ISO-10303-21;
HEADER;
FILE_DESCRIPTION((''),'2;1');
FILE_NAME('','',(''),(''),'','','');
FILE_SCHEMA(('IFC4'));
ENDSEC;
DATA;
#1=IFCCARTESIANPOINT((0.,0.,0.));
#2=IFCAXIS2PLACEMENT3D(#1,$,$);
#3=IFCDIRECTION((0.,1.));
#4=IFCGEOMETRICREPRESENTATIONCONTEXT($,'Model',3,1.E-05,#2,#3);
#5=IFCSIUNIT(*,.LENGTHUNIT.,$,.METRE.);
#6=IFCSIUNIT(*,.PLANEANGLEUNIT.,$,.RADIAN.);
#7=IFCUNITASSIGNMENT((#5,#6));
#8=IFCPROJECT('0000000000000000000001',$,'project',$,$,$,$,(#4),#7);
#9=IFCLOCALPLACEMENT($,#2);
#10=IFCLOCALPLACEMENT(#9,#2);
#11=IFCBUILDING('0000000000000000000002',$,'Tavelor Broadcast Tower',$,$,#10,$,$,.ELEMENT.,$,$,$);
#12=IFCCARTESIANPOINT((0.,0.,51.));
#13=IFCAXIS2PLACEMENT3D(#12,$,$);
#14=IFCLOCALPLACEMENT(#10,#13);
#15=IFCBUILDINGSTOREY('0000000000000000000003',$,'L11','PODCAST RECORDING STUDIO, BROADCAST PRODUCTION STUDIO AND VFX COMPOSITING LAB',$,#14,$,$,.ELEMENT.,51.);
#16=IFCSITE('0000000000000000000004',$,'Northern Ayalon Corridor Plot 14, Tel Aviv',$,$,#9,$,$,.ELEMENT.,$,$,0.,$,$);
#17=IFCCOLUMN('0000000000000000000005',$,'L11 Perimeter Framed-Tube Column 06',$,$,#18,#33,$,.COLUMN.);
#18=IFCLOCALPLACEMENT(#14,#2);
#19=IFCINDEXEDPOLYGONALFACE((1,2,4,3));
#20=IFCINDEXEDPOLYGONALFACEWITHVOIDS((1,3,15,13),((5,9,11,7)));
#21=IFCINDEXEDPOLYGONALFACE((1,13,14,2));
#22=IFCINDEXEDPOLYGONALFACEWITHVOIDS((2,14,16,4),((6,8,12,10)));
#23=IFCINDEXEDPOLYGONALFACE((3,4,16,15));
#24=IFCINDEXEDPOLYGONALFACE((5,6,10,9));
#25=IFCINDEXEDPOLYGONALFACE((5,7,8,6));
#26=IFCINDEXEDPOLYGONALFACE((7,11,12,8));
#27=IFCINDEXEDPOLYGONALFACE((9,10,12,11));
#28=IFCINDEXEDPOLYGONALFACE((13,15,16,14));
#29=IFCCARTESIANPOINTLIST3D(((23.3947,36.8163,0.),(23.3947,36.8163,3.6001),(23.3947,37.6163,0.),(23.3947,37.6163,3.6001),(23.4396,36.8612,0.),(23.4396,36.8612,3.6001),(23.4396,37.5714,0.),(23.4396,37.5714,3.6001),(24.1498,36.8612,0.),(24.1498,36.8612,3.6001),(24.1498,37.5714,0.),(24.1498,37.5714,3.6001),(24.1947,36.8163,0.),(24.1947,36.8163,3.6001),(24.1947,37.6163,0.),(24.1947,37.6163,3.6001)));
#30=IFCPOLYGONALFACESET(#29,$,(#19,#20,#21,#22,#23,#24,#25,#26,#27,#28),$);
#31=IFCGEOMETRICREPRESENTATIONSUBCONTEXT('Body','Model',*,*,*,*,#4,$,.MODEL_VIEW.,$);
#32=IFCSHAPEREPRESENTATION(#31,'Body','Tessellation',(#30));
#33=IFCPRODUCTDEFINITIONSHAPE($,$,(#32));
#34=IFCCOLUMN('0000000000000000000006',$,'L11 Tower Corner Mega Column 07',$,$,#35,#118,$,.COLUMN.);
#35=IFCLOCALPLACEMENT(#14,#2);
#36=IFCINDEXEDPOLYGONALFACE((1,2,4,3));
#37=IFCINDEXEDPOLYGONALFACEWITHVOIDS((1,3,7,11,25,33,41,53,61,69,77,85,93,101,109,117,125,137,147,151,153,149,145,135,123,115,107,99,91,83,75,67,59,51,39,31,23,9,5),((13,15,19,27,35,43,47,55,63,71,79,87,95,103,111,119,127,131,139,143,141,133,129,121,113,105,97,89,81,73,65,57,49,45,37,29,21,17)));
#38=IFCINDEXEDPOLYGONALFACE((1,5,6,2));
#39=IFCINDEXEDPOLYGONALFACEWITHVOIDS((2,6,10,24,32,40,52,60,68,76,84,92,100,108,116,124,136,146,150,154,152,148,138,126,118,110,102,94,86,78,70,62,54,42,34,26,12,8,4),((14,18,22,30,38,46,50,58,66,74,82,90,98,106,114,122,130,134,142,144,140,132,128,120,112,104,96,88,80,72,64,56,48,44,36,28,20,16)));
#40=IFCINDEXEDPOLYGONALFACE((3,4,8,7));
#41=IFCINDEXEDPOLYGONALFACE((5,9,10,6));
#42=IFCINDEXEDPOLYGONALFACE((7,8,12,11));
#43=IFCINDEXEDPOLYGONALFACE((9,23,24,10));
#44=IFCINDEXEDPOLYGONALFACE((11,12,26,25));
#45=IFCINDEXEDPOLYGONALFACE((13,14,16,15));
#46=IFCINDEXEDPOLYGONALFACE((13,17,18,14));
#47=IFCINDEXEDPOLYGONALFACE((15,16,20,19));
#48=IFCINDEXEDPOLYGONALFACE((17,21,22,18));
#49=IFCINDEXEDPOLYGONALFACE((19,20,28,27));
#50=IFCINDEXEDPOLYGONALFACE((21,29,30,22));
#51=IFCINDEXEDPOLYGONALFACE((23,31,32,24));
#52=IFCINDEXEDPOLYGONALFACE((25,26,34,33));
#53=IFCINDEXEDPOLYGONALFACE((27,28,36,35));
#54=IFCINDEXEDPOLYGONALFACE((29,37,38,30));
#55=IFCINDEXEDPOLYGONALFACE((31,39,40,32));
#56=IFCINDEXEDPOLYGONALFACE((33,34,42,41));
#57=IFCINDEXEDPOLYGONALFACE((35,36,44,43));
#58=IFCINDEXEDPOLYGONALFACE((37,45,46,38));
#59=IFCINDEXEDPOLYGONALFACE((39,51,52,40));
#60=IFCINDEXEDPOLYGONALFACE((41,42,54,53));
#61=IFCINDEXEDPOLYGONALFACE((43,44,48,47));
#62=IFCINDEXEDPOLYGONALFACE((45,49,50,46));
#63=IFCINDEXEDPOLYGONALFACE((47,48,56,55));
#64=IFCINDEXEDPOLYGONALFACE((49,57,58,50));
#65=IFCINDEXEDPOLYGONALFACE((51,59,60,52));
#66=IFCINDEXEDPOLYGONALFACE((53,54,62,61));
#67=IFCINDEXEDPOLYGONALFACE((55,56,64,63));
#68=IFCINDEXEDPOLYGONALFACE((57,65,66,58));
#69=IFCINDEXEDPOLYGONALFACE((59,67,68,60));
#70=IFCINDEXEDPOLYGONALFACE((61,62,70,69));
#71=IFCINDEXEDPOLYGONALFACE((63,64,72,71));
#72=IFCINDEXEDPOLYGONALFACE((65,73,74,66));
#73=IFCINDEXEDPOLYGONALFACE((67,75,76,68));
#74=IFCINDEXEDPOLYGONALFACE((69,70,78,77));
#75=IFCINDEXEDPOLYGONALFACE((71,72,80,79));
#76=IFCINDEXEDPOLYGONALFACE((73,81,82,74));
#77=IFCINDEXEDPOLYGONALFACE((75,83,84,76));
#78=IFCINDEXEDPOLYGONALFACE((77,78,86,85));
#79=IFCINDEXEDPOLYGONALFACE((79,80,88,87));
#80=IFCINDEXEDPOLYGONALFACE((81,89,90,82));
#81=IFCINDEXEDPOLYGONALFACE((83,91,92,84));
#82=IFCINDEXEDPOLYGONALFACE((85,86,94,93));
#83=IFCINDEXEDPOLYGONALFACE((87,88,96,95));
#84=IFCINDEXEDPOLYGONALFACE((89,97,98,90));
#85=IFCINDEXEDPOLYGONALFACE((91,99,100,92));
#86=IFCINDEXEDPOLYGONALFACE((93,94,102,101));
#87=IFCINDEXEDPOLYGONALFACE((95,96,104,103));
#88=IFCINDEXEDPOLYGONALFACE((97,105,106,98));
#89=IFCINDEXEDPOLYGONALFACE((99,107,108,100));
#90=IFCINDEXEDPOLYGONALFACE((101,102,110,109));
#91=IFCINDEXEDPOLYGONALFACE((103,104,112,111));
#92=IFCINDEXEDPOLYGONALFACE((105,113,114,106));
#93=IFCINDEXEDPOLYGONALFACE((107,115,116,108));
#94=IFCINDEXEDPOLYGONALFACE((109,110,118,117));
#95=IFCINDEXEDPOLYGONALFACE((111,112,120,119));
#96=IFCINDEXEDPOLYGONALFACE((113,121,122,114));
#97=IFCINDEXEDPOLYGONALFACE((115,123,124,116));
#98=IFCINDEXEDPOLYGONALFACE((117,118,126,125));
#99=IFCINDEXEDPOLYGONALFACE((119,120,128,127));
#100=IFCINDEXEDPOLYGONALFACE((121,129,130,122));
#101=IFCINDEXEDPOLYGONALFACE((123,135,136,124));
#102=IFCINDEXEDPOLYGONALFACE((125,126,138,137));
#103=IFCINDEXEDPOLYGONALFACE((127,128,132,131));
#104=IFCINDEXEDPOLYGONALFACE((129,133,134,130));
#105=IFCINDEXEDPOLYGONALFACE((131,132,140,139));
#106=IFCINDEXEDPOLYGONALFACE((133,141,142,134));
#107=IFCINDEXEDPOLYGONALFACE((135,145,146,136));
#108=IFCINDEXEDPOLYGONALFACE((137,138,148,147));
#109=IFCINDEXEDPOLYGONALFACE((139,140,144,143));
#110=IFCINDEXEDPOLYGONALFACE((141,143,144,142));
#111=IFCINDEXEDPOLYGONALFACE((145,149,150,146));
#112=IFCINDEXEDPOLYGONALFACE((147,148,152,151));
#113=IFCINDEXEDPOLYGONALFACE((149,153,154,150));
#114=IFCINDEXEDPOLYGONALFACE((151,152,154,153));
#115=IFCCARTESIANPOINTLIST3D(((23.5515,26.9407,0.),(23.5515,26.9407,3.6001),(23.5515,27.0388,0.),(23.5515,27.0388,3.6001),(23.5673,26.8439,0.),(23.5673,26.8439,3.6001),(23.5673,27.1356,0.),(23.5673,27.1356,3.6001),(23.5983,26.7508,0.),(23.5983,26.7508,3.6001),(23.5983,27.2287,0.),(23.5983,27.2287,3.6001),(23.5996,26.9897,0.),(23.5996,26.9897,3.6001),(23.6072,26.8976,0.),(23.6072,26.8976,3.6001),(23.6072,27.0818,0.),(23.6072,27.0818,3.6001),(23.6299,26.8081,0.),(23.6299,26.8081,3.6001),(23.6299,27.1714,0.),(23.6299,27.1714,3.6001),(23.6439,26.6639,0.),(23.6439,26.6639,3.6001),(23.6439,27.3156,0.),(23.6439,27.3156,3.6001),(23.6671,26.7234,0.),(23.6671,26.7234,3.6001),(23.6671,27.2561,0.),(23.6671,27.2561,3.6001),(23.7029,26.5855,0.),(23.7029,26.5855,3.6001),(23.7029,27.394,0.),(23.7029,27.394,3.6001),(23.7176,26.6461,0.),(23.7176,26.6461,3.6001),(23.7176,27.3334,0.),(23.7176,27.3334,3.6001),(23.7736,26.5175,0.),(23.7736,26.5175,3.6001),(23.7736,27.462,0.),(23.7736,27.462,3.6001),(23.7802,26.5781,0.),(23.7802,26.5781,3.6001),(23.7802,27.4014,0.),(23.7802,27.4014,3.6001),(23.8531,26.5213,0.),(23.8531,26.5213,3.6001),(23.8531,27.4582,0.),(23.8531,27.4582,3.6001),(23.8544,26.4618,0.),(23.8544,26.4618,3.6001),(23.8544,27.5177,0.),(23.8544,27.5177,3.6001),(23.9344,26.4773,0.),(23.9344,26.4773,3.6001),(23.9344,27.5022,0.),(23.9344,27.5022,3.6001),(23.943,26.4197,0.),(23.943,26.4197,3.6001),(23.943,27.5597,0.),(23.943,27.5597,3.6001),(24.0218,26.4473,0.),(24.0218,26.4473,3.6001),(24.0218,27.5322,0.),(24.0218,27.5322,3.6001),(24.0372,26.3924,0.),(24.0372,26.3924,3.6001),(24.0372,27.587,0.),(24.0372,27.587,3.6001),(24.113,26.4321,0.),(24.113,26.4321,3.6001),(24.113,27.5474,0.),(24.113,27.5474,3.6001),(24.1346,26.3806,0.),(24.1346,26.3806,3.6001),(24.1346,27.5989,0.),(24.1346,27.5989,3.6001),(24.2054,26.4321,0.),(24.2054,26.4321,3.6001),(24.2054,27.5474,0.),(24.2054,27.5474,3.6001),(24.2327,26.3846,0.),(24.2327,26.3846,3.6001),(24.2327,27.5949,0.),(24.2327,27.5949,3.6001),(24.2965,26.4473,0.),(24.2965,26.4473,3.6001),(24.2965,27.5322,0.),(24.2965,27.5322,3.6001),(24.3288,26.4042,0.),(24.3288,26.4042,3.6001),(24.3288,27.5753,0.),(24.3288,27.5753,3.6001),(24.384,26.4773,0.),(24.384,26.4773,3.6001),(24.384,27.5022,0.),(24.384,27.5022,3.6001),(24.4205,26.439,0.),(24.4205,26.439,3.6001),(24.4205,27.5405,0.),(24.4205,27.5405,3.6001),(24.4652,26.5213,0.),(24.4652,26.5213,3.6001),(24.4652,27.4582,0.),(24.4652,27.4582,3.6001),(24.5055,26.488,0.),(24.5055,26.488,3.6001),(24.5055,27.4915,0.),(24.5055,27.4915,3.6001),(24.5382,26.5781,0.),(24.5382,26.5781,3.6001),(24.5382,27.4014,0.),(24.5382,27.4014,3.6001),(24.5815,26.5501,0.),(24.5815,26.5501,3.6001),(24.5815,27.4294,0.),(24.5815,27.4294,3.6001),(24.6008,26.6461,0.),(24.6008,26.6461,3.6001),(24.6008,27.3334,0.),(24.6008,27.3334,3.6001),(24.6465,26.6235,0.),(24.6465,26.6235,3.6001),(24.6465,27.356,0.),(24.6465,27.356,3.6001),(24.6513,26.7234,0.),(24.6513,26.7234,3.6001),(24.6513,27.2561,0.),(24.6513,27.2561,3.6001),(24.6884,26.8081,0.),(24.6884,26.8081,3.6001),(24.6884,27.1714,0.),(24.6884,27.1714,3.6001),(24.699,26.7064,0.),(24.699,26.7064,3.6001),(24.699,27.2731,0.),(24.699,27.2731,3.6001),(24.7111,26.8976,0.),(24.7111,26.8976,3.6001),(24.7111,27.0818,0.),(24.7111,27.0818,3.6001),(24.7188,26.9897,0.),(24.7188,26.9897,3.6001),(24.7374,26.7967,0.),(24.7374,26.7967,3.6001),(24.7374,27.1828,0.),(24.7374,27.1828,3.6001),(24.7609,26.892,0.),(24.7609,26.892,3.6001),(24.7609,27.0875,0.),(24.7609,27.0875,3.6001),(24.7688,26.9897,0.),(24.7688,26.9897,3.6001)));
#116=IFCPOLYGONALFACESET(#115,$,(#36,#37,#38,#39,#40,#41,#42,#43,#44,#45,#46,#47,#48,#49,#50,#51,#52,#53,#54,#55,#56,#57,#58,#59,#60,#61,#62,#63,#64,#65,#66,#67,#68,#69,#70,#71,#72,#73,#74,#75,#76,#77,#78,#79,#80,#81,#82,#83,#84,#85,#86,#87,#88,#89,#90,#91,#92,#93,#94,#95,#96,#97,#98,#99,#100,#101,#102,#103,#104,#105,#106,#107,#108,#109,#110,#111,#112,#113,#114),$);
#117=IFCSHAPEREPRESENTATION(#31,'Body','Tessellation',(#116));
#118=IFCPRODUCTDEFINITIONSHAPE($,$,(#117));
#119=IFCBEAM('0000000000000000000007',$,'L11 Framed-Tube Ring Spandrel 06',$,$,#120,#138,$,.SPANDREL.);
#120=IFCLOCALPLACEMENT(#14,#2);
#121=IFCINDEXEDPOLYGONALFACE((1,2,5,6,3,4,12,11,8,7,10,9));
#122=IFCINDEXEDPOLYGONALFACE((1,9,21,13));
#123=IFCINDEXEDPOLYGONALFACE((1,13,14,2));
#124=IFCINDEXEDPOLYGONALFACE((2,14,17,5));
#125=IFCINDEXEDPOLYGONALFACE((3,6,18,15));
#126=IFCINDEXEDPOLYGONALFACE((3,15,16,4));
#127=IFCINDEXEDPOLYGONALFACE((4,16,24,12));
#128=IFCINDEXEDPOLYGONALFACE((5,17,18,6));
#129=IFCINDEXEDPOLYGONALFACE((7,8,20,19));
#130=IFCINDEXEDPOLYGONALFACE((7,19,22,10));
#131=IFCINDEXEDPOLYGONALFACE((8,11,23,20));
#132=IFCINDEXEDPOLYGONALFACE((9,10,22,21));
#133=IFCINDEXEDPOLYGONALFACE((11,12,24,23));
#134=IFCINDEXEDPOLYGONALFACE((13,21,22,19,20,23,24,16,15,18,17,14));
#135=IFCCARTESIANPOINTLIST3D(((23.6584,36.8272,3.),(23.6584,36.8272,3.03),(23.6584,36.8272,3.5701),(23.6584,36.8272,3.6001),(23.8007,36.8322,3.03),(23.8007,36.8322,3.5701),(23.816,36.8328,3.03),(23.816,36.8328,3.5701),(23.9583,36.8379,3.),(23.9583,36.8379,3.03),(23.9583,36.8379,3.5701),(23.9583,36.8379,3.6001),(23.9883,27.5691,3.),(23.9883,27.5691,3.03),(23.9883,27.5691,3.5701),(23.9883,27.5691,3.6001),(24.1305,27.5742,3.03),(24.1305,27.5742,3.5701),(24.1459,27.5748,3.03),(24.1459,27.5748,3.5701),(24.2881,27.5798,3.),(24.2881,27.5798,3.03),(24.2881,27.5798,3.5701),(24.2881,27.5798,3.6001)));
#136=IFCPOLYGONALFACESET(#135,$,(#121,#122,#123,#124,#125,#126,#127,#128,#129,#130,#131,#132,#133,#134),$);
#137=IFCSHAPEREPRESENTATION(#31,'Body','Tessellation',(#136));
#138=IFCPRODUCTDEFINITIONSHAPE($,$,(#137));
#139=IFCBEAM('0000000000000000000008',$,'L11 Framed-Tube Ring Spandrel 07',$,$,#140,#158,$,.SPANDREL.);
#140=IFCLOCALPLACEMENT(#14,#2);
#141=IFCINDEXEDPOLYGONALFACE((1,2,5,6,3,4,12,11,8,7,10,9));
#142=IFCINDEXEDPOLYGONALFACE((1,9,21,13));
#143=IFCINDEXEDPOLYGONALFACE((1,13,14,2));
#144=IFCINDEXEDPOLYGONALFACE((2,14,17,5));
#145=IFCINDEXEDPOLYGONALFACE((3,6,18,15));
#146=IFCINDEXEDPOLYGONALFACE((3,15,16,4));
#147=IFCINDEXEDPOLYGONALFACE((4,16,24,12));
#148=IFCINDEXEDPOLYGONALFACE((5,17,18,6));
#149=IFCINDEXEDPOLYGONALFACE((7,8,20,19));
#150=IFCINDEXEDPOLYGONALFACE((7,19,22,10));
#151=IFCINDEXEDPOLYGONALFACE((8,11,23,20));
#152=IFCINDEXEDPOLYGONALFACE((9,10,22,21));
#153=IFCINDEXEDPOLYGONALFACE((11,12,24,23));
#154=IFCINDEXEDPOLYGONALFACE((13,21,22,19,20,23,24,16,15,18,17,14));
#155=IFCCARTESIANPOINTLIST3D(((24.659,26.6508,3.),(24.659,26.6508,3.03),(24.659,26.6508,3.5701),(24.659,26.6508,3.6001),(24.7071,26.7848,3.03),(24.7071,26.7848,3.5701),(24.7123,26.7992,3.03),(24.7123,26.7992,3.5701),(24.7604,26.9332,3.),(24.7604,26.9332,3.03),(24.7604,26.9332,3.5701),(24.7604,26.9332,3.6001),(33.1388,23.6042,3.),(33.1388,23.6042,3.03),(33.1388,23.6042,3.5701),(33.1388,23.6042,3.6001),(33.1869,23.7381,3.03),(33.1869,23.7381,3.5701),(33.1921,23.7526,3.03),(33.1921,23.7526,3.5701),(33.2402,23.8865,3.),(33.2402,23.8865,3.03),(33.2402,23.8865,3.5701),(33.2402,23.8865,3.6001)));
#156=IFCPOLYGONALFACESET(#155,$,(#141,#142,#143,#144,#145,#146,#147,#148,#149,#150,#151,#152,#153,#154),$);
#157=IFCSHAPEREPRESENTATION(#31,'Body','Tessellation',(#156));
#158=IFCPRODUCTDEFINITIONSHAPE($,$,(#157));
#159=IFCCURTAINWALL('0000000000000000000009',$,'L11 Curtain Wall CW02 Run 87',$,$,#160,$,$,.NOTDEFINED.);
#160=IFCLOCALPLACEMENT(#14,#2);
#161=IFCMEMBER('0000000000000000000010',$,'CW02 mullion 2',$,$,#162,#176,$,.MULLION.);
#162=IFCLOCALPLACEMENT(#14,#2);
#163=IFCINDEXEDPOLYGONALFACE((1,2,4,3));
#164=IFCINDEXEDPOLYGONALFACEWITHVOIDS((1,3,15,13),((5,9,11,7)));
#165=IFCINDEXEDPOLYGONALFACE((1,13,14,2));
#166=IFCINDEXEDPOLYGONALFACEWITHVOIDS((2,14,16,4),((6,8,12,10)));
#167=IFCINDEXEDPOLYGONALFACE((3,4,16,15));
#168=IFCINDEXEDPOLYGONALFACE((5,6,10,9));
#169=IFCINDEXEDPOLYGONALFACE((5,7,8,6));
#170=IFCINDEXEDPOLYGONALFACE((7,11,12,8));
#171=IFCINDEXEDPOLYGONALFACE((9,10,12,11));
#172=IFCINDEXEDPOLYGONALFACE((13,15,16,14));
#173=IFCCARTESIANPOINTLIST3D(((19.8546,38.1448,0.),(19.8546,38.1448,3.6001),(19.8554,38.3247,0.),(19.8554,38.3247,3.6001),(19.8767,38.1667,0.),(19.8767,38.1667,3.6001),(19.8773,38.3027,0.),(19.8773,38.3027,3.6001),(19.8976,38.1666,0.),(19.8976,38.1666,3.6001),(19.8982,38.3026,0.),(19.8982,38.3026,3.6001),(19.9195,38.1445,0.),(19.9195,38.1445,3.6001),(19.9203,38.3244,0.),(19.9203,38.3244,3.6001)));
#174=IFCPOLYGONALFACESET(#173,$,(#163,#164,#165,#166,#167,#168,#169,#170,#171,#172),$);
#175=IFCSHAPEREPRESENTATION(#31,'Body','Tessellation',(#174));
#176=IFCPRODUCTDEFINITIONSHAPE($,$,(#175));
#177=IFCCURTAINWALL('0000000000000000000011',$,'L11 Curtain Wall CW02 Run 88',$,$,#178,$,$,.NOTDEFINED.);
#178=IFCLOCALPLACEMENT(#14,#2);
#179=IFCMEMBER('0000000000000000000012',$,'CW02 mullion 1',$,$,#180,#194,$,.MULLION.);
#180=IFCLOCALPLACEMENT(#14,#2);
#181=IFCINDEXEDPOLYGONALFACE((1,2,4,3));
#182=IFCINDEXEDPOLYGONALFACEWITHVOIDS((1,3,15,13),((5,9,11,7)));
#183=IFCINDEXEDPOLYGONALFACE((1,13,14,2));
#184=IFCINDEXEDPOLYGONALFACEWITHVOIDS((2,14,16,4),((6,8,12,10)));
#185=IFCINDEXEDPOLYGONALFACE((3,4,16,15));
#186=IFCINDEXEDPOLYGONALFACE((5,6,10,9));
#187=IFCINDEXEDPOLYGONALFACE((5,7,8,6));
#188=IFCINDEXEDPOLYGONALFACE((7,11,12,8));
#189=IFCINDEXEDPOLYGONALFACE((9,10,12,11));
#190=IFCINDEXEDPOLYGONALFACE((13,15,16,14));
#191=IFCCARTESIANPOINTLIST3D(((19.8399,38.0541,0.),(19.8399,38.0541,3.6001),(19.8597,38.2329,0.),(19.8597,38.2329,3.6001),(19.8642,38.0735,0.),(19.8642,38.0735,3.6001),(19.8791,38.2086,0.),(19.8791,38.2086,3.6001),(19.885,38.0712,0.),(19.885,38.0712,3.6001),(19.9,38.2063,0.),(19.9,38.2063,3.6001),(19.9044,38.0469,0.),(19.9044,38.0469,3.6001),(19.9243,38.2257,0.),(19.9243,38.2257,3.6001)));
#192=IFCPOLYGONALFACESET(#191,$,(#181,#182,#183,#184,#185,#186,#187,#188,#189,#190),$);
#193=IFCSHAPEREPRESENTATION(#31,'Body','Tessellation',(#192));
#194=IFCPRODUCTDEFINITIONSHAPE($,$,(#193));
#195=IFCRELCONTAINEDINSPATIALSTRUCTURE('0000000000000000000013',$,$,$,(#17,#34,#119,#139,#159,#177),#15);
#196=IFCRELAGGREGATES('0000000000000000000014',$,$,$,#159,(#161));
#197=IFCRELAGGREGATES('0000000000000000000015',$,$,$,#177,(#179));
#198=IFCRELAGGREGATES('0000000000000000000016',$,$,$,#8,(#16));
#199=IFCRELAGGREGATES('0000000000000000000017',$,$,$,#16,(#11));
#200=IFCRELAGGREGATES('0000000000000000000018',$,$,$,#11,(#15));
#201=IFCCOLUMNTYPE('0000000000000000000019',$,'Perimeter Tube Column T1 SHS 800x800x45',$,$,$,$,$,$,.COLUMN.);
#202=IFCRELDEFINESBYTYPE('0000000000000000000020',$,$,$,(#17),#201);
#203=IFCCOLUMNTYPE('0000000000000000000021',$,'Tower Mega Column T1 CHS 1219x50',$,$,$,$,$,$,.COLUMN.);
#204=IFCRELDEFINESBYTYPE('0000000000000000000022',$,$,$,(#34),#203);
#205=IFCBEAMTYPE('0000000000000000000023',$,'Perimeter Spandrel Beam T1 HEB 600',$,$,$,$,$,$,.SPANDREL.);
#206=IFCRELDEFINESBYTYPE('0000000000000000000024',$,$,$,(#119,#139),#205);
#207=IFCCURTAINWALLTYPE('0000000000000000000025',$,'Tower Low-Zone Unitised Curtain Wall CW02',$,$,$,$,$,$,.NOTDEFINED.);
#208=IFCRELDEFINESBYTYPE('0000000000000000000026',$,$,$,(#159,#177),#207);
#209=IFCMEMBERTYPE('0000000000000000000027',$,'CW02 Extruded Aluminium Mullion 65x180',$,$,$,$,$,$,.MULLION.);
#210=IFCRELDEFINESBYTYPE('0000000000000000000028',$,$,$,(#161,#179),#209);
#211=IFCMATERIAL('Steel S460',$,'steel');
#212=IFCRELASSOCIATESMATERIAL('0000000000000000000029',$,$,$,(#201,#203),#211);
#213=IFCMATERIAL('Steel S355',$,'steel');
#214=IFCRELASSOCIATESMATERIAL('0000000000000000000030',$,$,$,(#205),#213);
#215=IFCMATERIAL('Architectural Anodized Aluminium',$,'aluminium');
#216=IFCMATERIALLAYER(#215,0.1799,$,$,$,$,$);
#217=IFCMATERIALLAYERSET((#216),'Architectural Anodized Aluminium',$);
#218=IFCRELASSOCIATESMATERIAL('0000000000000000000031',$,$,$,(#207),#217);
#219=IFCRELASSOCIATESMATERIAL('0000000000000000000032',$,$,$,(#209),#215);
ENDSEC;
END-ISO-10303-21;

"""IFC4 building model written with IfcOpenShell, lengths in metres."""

from ifc_helpers import new_model, si_unit, direction, frame, origin, origin_2d, place, context, subcontext, project, spatial, hollow_rectangle, hollow_circle, i_section, extrude, source, transform, mapped, material, layer, layer_set, material_profile, profile_set, type_object, type_shapes, element, aggregate, save


model = new_model("IFC4")

# Units and contexts
model_context = context("Model", 3, precision=1e-05, world=origin(), true_north=direction((0.0, 1.0)))
body_context = subcontext(model_context, "Body", "Model", "MODEL_VIEW")
ifc_project = project(units=[si_unit("LENGTHUNIT", "METRE"), si_unit("PLANEANGLEUNIT", "RADIAN")], contexts=[model_context])

# Site, building, storey
site_placement = place(None, origin())
site = spatial("IfcSite", under=ifc_project, at=site_placement, Name="Northern Ayalon Corridor Plot 14, Tel Aviv", CompositionType="ELEMENT", RefElevation=0.0)
building_placement = place(site_placement, origin())
building = spatial("IfcBuilding", under=site, at=building_placement, Name="Tavelor Broadcast Tower", CompositionType="ELEMENT")
storey_placement = place(building_placement, frame((0.0, 0.0, 51.0)))
storey = spatial("IfcBuildingStorey", under=building, at=storey_placement, Name="L11", Description="PODCAST RECORDING STUDIO, BROADCAST PRODUCTION STUDIO AND VFX COMPOSITING LAB", CompositionType="ELEMENT", Elevation=51.0)

# Columns
ifc_material_1 = material(Name="Steel S460", Category="steel")
ifc_material_profile_1 = material_profile(ifc_material_1, hollow_rectangle(XDim=0.8, YDim=0.8, WallThickness=0.0449, at=origin_2d()), Name="SHS 800x800x45")
ifc_profile_set_1 = profile_set([ifc_material_profile_1], Name="Steel S460")
column_type_1 = type_object("IfcColumnType", Name="Perimeter Tube Column T1 SHS 800x800x45", PredefinedType="COLUMN", material=ifc_profile_set_1)
column_1_placement = place(storey_placement, frame((23.7947, 37.2163, 0.0), z_axis=(0.0, 0.0, 1.0), x_axis=(1.0, 0.0, 0.0)))
element("IfcColumn", 1, at=column_1_placement, inside=storey, type_object=column_type_1, Name="L11 Perimeter Framed-Tube Column 06", PredefinedType="COLUMN", context=body_context, shape_type="SweptSolid", body=[
    extrude(hollow_rectangle(XDim=0.8, YDim=0.8, WallThickness=0.0449, at=origin_2d()), origin(), (0.0, 0.0, 1.0), 3.6001),
])
ifc_material_profile_2 = material_profile(ifc_material_1, hollow_circle(Radius=0.6096, WallThickness=0.05, at=origin_2d()), Name="CHS 1219x50")
ifc_profile_set_2 = profile_set([ifc_material_profile_2], Name="Steel S460")
column_type_2 = type_object("IfcColumnType", Name="Tower Mega Column T1 CHS 1219x50", PredefinedType="COLUMN", material=ifc_profile_set_2)
column_2_placement = place(storey_placement, frame((24.1592, 26.9897, 0.0), z_axis=(0.0, 0.0, 1.0), x_axis=(1.0, 0.0, 0.0)))
element("IfcColumn", 2, at=column_2_placement, inside=storey, type_object=column_type_2, Name="L11 Tower Corner Mega Column 07", PredefinedType="COLUMN", context=body_context, shape_type="SweptSolid", body=[
    extrude(hollow_circle(Radius=0.6096, WallThickness=0.05, at=origin_2d()), origin(), (0.0, 0.0, 1.0), 3.6001),
])

# Beams
ifc_material_2 = material(Name="Steel S355", Category="steel")
ifc_material_profile_3 = material_profile(ifc_material_2, i_section(OverallWidth=0.3, OverallDepth=0.6001, WebThickness=0.0154, FlangeThickness=0.03, at=origin_2d()), Name="HEB 600")
ifc_profile_set_3 = profile_set([ifc_material_profile_3], Name="Steel S355")
beam_type = type_object("IfcBeamType", Name="Perimeter Spandrel Beam T1 HEB 600", PredefinedType="SPANDREL", material=ifc_profile_set_3)
beam_1_placement = place(storey_placement, frame((23.8083, 36.8325, 3.3), z_axis=(0.035604, -0.999366, 0.0), x_axis=(0.999366, 0.035604, 0.0)))
element("IfcBeam", 3, at=beam_1_placement, inside=storey, type_object=beam_type, Name="L11 Framed-Tube Ring Spandrel 06", PredefinedType="SPANDREL", context=body_context, shape_type="SweptSolid", body=[
    extrude(i_section(OverallWidth=0.3, OverallDepth=0.6001, WebThickness=0.0154, FlangeThickness=0.03, at=origin_2d()), origin(), (0.0, 0.0, 1.0), 9.2639),
])
beam_2_placement = place(storey_placement, frame((24.7097, 26.792, 3.3), z_axis=(0.941102, -0.338123, 0.0), x_axis=(0.338123, 0.941102, 0.0)))
element("IfcBeam", 4, at=beam_2_placement, inside=storey, type_object=beam_type, Name="L11 Framed-Tube Ring Spandrel 07", PredefinedType="SPANDREL", context=body_context, shape_type="SweptSolid", body=[
    extrude(i_section(OverallWidth=0.3, OverallDepth=0.6001, WebThickness=0.0154, FlangeThickness=0.03, at=origin_2d()), origin(), (0.0, 0.0, 1.0), 9.0105),
])

# Curtain wall, member
ifc_material_3 = material(Name="Architectural Anodized Aluminium", Category="aluminium")
ifc_layer_1 = layer(ifc_material_3, 0.1799)
ifc_layer_set_1 = layer_set([ifc_layer_1], Name="Architectural Anodized Aluminium")
curtain_wall_type = type_object("IfcCurtainWallType", Name="Tower Low-Zone Unitised Curtain Wall CW02", PredefinedType="NOTDEFINED", material=ifc_layer_set_1)
curtain_wall_1_placement = place(storey_placement, origin())
curtain_wall_1 = element("IfcCurtainWall", 5, at=curtain_wall_1_placement, inside=storey, type_object=curtain_wall_type, Name="L11 Curtain Wall CW02 Run 87", PredefinedType="NOTDEFINED")
ifc_material_profile_4 = material_profile(ifc_material_3, hollow_rectangle(XDim=0.0649, YDim=0.1799, WallThickness=0.022, at=origin_2d()), Name="RHS 65x180x22")
ifc_profile_set_4 = profile_set([ifc_material_profile_4], Name="Architectural Anodized Aluminium")
member_type_1 = type_object("IfcMemberType", Name="CW02 Extruded Aluminium Mullion 65x180", PredefinedType="MULLION", material=ifc_profile_set_4)
shared_shape_1 = source(origin(), body_context, "Body", "SweptSolid", [
    extrude(hollow_rectangle(XDim=0.0649, YDim=0.1799, WallThickness=0.022, at=origin_2d()), origin(), (0.0, 0.0, 1.0), 3.6001),
])
type_shapes(member_type_1, [shared_shape_1])
member_1_placement = place(storey_placement, frame((19.8875, 38.2346, 0.0), z_axis=(0.0, 0.0, 1.0), x_axis=(0.99999, -0.004408, 0.0)))
member_1 = element("IfcMember", 6, at=member_1_placement, type_object=member_type_1, Name="CW02 mullion 2", PredefinedType="MULLION", context=body_context, shape_type="MappedRepresentation", body=[
    mapped(shared_shape_1, transform((0.0, 0.0, 0.0), scale=1.0)),
])
aggregate(curtain_wall_1, [member_1])

# Curtain wall, member
curtain_wall_2_placement = place(storey_placement, origin())
curtain_wall_2 = element("IfcCurtainWall", 7, at=curtain_wall_2_placement, inside=storey, type_object=curtain_wall_type, Name="L11 Curtain Wall CW02 Run 88", PredefinedType="NOTDEFINED")
member_2_placement = place(storey_placement, frame((19.8821, 38.1399, 0.0), z_axis=(0.0, 0.0, 1.0), x_axis=(0.993916, -0.110143, 0.0)))
member_2 = element("IfcMember", 8, at=member_2_placement, type_object=member_type_1, Name="CW02 mullion 1", PredefinedType="MULLION", context=body_context, shape_type="MappedRepresentation", body=[
    mapped(shared_shape_1, transform((0.0, 0.0, 0.0), scale=1.0)),
])

aggregate(curtain_wall_2, [member_2])

save(model, "model.ifc")
